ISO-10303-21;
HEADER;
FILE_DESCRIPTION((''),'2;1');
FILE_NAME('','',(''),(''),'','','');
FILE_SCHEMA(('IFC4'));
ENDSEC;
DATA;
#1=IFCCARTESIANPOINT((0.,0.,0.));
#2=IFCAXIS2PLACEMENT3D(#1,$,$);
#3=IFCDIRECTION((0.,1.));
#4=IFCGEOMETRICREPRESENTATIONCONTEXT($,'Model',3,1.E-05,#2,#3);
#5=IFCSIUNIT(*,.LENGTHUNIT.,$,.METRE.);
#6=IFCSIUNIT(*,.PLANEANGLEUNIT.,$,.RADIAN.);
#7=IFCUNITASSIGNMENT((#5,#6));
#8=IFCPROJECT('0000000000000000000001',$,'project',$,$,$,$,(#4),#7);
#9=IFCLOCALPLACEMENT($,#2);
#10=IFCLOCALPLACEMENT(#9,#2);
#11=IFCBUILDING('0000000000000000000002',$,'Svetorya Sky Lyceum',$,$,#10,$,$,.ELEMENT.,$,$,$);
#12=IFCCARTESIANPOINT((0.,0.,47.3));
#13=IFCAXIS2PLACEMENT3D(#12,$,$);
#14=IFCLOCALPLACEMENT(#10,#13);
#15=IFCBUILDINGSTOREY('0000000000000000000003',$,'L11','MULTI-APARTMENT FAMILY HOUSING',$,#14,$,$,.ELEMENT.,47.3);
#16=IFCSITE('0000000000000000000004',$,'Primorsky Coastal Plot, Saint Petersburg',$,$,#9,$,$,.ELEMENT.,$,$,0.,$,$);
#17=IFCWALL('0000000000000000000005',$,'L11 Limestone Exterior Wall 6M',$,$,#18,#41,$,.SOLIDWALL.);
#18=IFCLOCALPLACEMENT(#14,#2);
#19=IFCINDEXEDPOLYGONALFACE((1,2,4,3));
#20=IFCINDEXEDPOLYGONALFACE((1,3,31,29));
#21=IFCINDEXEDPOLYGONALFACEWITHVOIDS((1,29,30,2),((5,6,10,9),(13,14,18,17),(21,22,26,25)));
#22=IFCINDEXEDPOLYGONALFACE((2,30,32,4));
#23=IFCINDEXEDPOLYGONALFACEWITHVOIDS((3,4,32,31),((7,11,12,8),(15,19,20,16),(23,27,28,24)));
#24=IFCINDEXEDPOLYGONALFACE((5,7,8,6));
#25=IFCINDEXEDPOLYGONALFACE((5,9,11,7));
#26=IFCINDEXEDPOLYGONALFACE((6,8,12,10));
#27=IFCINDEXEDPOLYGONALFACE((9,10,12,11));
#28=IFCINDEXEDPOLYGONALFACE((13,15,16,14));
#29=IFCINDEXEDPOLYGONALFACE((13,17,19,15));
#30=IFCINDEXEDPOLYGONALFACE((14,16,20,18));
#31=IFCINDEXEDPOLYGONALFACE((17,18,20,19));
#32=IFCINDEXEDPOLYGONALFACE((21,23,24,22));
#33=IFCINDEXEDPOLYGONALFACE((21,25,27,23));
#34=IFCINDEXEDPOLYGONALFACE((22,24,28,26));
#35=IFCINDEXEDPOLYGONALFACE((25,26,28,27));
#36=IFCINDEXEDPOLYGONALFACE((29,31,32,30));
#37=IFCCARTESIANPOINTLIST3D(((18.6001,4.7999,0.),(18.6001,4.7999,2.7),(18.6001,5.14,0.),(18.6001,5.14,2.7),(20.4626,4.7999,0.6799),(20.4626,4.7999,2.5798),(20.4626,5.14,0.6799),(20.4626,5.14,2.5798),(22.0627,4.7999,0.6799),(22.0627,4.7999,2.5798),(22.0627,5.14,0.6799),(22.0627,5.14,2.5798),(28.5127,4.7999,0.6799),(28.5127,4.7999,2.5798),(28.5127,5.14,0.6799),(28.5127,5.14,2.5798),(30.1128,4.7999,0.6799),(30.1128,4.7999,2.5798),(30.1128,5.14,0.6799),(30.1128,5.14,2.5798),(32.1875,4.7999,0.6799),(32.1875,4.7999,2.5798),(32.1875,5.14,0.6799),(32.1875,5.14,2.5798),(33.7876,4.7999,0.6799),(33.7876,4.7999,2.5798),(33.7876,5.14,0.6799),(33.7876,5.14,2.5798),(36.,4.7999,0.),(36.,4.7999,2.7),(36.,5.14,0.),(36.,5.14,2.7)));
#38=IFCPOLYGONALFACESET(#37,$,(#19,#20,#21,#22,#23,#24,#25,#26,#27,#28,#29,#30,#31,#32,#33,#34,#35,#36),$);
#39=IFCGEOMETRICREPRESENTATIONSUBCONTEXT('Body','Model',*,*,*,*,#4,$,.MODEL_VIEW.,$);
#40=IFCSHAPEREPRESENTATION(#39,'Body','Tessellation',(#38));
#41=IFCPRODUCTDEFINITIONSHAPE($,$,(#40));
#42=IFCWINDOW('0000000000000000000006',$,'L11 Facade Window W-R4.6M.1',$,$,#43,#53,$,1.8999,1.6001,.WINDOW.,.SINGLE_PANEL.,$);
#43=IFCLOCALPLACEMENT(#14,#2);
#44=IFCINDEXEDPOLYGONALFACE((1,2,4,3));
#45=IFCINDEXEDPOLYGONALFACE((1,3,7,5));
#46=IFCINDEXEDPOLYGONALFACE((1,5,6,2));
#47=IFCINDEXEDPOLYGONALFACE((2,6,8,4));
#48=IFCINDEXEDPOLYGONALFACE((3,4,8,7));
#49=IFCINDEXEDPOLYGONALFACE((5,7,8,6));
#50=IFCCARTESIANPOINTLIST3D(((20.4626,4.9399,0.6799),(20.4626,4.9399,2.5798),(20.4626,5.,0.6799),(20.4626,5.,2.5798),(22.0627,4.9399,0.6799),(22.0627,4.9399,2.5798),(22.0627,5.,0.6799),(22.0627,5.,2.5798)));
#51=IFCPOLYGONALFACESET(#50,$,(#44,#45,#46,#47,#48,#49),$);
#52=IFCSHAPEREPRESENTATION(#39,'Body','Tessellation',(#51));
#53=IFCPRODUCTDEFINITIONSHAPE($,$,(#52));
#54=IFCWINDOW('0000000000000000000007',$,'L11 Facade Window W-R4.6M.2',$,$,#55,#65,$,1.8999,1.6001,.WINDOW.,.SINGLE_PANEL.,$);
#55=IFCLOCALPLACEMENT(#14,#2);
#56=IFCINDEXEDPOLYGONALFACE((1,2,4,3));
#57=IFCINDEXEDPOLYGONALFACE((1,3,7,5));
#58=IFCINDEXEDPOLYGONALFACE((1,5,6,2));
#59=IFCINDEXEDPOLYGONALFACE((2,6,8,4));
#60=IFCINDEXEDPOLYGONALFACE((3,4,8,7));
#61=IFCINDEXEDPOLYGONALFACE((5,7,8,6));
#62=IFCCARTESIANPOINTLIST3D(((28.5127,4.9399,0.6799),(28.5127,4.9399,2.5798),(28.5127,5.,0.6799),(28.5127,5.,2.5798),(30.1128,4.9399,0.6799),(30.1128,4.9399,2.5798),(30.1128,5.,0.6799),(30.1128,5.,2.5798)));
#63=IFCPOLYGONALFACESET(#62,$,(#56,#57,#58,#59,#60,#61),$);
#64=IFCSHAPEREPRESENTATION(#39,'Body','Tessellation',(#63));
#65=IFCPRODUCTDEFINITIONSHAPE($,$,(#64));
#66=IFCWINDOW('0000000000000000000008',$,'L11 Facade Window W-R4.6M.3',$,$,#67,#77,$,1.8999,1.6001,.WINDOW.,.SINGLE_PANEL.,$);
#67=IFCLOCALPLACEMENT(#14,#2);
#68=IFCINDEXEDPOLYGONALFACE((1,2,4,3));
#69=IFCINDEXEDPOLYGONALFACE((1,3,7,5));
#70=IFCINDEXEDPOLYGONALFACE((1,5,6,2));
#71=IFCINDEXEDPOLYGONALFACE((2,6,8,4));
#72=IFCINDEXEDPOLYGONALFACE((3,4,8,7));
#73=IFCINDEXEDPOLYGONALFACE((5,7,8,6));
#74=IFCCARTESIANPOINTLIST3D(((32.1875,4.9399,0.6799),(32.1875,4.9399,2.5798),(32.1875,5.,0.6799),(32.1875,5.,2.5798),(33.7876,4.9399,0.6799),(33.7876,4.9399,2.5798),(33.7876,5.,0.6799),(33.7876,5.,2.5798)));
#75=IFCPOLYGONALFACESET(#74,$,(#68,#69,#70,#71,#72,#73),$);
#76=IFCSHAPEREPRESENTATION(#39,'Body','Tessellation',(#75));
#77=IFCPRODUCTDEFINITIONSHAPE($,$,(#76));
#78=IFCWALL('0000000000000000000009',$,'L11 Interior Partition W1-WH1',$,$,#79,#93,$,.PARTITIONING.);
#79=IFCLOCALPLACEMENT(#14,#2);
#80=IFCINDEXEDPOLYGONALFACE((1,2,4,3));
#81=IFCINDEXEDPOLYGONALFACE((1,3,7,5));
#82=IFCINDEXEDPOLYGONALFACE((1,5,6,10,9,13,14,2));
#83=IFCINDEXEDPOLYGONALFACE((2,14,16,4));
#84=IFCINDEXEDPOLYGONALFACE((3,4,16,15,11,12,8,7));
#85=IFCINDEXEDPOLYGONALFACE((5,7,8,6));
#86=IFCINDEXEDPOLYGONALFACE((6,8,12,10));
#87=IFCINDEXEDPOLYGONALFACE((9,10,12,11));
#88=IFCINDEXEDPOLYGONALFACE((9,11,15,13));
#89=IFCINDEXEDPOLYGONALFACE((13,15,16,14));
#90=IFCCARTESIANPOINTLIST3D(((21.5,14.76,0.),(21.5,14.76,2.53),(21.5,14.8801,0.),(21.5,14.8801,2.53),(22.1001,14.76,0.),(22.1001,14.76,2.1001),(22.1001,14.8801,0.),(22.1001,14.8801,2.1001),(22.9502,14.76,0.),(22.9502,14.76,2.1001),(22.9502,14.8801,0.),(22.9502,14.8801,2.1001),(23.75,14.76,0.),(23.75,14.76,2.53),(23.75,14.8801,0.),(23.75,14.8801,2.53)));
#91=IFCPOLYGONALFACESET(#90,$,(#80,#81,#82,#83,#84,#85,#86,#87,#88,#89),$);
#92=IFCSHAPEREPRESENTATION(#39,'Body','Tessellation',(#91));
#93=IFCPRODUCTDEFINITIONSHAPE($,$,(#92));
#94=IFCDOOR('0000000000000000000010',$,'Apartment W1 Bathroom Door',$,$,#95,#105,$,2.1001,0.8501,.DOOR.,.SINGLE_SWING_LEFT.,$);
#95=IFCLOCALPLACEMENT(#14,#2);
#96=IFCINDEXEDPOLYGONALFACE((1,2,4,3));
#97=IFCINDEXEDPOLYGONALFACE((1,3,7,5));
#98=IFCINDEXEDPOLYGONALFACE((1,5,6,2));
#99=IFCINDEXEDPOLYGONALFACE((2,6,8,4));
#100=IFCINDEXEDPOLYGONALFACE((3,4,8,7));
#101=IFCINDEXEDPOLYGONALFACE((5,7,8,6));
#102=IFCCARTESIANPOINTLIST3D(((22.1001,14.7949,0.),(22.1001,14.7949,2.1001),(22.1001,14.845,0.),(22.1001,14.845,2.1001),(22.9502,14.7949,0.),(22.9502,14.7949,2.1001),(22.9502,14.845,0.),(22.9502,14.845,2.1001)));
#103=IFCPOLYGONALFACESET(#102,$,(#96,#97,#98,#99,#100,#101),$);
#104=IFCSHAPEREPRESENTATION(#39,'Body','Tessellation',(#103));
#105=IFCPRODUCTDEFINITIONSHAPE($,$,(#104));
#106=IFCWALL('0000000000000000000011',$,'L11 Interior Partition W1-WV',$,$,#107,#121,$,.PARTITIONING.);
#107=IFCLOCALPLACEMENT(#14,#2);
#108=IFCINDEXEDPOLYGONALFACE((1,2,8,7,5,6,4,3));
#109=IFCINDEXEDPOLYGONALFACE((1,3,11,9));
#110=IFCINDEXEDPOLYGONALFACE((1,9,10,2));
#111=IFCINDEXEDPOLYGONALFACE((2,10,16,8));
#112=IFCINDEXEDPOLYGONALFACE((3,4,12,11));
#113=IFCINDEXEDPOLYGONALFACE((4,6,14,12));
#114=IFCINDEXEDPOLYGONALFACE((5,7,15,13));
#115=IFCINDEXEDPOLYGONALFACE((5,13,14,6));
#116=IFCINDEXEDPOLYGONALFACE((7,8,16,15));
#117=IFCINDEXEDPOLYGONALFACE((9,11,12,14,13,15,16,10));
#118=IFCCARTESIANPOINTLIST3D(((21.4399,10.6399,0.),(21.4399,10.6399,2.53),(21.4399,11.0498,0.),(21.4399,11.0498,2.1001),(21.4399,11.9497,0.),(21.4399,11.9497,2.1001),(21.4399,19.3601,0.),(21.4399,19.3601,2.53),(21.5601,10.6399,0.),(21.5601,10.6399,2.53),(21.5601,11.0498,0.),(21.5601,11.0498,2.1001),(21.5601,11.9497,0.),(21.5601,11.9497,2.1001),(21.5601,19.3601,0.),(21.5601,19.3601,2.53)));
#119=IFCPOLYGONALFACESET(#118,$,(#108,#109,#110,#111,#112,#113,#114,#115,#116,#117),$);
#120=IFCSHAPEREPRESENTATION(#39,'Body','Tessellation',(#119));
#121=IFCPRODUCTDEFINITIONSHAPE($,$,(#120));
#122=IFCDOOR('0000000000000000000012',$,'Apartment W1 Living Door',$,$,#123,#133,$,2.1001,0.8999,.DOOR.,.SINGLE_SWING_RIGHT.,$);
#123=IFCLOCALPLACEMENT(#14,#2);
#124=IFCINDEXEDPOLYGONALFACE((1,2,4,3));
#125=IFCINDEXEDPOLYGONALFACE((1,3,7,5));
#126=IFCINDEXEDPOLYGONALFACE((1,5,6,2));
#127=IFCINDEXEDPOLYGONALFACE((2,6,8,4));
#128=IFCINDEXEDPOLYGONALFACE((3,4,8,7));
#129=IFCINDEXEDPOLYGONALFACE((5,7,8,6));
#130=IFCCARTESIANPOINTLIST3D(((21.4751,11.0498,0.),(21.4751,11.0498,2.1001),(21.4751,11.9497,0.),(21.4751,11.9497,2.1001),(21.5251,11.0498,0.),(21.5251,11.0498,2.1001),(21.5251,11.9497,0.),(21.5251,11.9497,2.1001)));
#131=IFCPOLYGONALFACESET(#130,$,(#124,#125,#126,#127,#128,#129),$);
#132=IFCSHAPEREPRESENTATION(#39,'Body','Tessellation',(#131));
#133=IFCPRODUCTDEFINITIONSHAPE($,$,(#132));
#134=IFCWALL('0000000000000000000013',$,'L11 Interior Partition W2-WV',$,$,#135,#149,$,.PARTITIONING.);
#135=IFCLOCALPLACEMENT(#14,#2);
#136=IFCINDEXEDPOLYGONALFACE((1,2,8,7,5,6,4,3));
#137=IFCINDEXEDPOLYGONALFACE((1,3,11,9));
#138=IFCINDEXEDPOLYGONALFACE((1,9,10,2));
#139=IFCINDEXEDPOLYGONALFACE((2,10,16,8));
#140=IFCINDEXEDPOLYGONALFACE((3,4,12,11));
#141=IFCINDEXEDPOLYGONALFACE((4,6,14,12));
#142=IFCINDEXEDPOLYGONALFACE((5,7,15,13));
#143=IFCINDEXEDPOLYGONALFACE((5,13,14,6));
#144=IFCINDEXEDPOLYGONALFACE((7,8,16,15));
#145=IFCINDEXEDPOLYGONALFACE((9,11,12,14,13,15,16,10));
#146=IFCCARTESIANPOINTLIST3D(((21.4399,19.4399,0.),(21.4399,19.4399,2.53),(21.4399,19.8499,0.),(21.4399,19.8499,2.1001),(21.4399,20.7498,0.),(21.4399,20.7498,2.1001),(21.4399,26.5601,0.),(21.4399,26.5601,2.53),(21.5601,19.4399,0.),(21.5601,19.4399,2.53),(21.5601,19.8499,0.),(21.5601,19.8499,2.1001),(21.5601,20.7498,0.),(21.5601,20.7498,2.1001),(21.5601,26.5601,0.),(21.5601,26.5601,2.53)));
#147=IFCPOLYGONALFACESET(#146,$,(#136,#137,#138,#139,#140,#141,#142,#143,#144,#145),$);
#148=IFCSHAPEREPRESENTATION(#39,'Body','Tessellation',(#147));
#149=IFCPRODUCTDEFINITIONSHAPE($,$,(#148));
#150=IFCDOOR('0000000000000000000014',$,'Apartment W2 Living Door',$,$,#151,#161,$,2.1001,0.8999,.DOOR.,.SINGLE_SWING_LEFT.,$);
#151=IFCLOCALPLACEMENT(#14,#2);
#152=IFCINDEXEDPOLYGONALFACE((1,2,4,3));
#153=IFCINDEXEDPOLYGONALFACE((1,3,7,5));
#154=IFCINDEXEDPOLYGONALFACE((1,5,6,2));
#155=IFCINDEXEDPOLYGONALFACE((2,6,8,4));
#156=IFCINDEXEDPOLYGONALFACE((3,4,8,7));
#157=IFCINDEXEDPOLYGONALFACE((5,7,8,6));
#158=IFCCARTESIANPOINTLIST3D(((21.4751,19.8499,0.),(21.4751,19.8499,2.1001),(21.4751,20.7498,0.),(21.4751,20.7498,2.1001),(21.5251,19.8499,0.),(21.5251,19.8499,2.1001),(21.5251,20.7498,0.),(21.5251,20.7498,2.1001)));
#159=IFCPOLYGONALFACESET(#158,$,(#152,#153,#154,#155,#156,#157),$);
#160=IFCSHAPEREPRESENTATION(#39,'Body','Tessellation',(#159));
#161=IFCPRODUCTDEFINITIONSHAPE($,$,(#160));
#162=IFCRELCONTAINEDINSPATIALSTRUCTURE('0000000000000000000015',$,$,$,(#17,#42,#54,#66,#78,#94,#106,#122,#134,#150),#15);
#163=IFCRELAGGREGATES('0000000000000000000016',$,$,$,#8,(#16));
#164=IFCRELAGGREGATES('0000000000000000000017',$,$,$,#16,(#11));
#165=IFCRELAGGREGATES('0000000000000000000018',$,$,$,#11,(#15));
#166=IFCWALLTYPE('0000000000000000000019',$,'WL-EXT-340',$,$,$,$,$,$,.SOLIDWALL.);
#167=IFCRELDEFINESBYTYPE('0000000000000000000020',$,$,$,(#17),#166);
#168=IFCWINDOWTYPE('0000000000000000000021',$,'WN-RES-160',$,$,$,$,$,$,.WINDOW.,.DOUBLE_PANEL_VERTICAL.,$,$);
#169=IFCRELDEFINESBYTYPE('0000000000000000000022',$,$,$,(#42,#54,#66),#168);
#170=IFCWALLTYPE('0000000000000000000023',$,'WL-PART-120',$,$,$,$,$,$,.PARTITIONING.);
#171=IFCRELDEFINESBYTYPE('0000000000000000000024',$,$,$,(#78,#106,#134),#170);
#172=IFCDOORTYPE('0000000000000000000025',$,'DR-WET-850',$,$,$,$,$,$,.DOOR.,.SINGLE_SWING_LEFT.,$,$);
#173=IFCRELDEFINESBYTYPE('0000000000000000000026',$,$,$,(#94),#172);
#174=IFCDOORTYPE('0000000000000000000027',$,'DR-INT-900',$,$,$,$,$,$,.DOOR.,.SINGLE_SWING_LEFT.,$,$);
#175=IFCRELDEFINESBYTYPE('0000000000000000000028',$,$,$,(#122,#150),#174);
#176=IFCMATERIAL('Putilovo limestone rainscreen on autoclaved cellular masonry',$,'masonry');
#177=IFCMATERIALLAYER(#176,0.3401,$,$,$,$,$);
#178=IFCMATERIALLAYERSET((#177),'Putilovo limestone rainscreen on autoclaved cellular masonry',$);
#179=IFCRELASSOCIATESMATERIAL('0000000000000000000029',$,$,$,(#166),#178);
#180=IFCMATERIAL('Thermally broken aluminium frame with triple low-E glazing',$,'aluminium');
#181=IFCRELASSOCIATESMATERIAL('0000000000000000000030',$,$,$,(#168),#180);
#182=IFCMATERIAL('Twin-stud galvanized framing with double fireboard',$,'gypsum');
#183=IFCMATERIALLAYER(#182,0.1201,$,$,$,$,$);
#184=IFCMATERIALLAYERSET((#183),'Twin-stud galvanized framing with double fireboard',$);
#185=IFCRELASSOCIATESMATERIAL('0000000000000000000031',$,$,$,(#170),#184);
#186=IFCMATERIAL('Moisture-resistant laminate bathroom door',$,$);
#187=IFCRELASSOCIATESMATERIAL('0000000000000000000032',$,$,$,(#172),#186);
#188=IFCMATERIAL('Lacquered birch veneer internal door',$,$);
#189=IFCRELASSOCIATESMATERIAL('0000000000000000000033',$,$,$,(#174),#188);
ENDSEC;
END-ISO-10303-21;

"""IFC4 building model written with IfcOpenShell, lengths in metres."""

from ifc_helpers import new_model, si_unit, direction, frame, frame_2d, origin, place, context, subcontext, project, spatial, rectangle, extrude, material, layer, layer_set, type_object, element, fill, save


model = new_model("IFC4")

# Units and contexts
model_context = context("Model", 3, precision=1e-05, world=origin(), true_north=direction((0.0, 1.0)))
body_context = subcontext(model_context, "Body", "Model", "MODEL_VIEW")
ifc_project = project(units=[si_unit("LENGTHUNIT", "METRE"), si_unit("PLANEANGLEUNIT", "RADIAN")], contexts=[model_context])

# Site, building, storey
site_placement = place(None, origin())
site = spatial("IfcSite", under=ifc_project, at=site_placement, Name="Primorsky Coastal Plot, Saint Petersburg", CompositionType="ELEMENT", RefElevation=0.0)
building_placement = place(site_placement, origin())
building = spatial("IfcBuilding", under=site, at=building_placement, Name="Svetorya Sky Lyceum", CompositionType="ELEMENT")
storey_placement = place(building_placement, frame((0.0, 0.0, 47.3)))
storey = spatial("IfcBuildingStorey", under=building, at=storey_placement, Name="L11", Description="MULTI-APARTMENT FAMILY HOUSING", CompositionType="ELEMENT", Elevation=47.3)

# Shared definitions
ifc_material_1 = material(Name="Putilovo limestone rainscreen on autoclaved cellular masonry", Category="masonry")
ifc_layer_1 = layer(ifc_material_1, 0.3401)
ifc_layer_set_1 = layer_set([ifc_layer_1], Name="Putilovo limestone rainscreen on autoclaved cellular masonry")
wall_type_1 = type_object("IfcWallType", Name="WL-EXT-340", PredefinedType="SOLIDWALL", material=ifc_layer_set_1)

# Wall, openings, windows
wall_1_placement = place(storey_placement, frame((18.6001, 4.97, 0.0), z_axis=(0.0, 0.0, 1.0), x_axis=(1.0, 0.0, 0.0)))
wall_1 = element("IfcWall", 1, at=wall_1_placement, inside=storey, type_object=wall_type_1, Name="L11 Limestone Exterior Wall 6M", PredefinedType="SOLIDWALL", context=body_context, shape_type="SweptSolid", body=[
    extrude(rectangle(XDim=17.3999, YDim=0.3401, at=frame_2d((8.7, 0.0))), origin(), (0.0, 0.0, 1.0), 2.7),
])
opening_1_placement = place(wall_1_placement, frame((1.8625, 0.0, 0.6799)))
opening_1 = element("IfcOpeningElement", 2, at=opening_1_placement, cuts=wall_1, PredefinedType="OPENING", context=body_context, shape_type="SweptSolid", body=[
    extrude(rectangle(XDim=1.6001, YDim=1.8999, at=frame_2d((0.8, 0.95))), frame((0.0, 0.1799, 0.0), z_axis=(0.0, -1.0, 0.0), x_axis=(1.0, 0.0, 0.0)), (0.0, 0.0, 1.0), 0.3601),
])
opening_2_placement = place(wall_1_placement, frame((9.9126, 0.0, 0.6799)))
opening_2 = element("IfcOpeningElement", 3, at=opening_2_placement, cuts=wall_1, PredefinedType="OPENING", context=body_context, shape_type="SweptSolid", body=[
    extrude(rectangle(XDim=1.6001, YDim=1.8999, at=frame_2d((0.8, 0.95))), frame((0.0, 0.1799, 0.0), z_axis=(0.0, -1.0, 0.0), x_axis=(1.0, 0.0, 0.0)), (0.0, 0.0, 1.0), 0.3601),
])
opening_3_placement = place(wall_1_placement, frame((13.5874, 0.0, 0.6799)))
opening_3 = element("IfcOpeningElement", 4, at=opening_3_placement, cuts=wall_1, PredefinedType="OPENING", context=body_context, shape_type="SweptSolid", body=[
    extrude(rectangle(XDim=1.6001, YDim=1.8999, at=frame_2d((0.8, 0.95))), frame((0.0, 0.1799, 0.0), z_axis=(0.0, -1.0, 0.0), x_axis=(1.0, 0.0, 0.0)), (0.0, 0.0, 1.0), 0.3601),
])
ifc_material_2 = material(Name="Thermally broken aluminium frame with triple low-E glazing", Category="aluminium")
window_type = type_object("IfcWindowType", Name="WN-RES-160", PartitioningType="DOUBLE_PANEL_VERTICAL", PredefinedType="WINDOW", material=ifc_material_2)
window_1_placement = place(opening_1_placement, origin())
window_1 = element("IfcWindow", 5, at=window_1_placement, inside=storey, type_object=window_type, Name="L11 Facade Window W-R4.6M.1", OverallHeight=1.8999, OverallWidth=1.6001, PartitioningType="SINGLE_PANEL", PredefinedType="WINDOW", context=body_context, shape_type="SweptSolid", body=[
    extrude(rectangle(XDim=1.6001, YDim=1.8999, at=frame_2d((0.8, 0.95))), frame((0.0, 0.03, 0.0), z_axis=(0.0, -1.0, 0.0), x_axis=(1.0, 0.0, 0.0)), (0.0, 0.0, 1.0), 0.0601),
])
fill(opening_1, window_1)
window_2_placement = place(opening_2_placement, origin())
window_2 = element("IfcWindow", 6, at=window_2_placement, inside=storey, type_object=window_type, Name="L11 Facade Window W-R4.6M.2", OverallHeight=1.8999, OverallWidth=1.6001, PartitioningType="SINGLE_PANEL", PredefinedType="WINDOW", context=body_context, shape_type="SweptSolid", body=[
    extrude(rectangle(XDim=1.6001, YDim=1.8999, at=frame_2d((0.8, 0.95))), frame((0.0, 0.03, 0.0), z_axis=(0.0, -1.0, 0.0), x_axis=(1.0, 0.0, 0.0)), (0.0, 0.0, 1.0), 0.0601),
])
fill(opening_2, window_2)
window_3_placement = place(opening_3_placement, origin())
window_3 = element("IfcWindow", 7, at=window_3_placement, inside=storey, type_object=window_type, Name="L11 Facade Window W-R4.6M.3", OverallHeight=1.8999, OverallWidth=1.6001, PartitioningType="SINGLE_PANEL", PredefinedType="WINDOW", context=body_context, shape_type="SweptSolid", body=[
    extrude(rectangle(XDim=1.6001, YDim=1.8999, at=frame_2d((0.8, 0.95))), frame((0.0, 0.03, 0.0), z_axis=(0.0, -1.0, 0.0), x_axis=(1.0, 0.0, 0.0)), (0.0, 0.0, 1.0), 0.0601),
])
fill(opening_3, window_3)

# Walls, openings, doors
ifc_material_3 = material(Name="Twin-stud galvanized framing with double fireboard", Category="gypsum")
ifc_layer_2 = layer(ifc_material_3, 0.1201)
ifc_layer_set_2 = layer_set([ifc_layer_2], Name="Twin-stud galvanized framing with double fireboard")
wall_type_2 = type_object("IfcWallType", Name="WL-PART-120", PredefinedType="PARTITIONING", material=ifc_layer_set_2)
wall_2_placement = place(storey_placement, frame((21.5, 14.8201, 0.0), z_axis=(0.0, 0.0, 1.0), x_axis=(1.0, 0.0, 0.0)))
wall_2 = element("IfcWall", 8, at=wall_2_placement, inside=storey, type_object=wall_type_2, Name="L11 Interior Partition W1-WH1", PredefinedType="PARTITIONING", context=body_context, shape_type="SweptSolid", body=[
    extrude(rectangle(XDim=2.25, YDim=0.1201, at=frame_2d((1.125, 0.0))), origin(), (0.0, 0.0, 1.0), 2.53),
])
opening_4_placement = place(wall_2_placement, frame((0.6001, 0.0, 0.0)))
opening_4 = element("IfcOpeningElement", 9, at=opening_4_placement, cuts=wall_2, PredefinedType="OPENING", context=body_context, shape_type="SweptSolid", body=[
    extrude(rectangle(XDim=0.8501, YDim=2.1001, at=frame_2d((0.425, 1.05))), frame((0.0, 0.0701, 0.0), z_axis=(0.0, -1.0, 0.0), x_axis=(1.0, 0.0, 0.0)), (0.0, 0.0, 1.0), 0.1401),
])
ifc_material_4 = material(Name="Moisture-resistant laminate bathroom door")
door_type_1 = type_object("IfcDoorType", Name="DR-WET-850", OperationType="SINGLE_SWING_LEFT", PredefinedType="DOOR", material=ifc_material_4)
door_1_placement = place(opening_4_placement, origin())
door_1 = element("IfcDoor", 10, at=door_1_placement, inside=storey, type_object=door_type_1, Name="Apartment W1 Bathroom Door", OperationType="SINGLE_SWING_LEFT", OverallHeight=2.1001, OverallWidth=0.8501, PredefinedType="DOOR", context=body_context, shape_type="SweptSolid", body=[
    extrude(rectangle(XDim=0.8501, YDim=2.1001, at=frame_2d((0.425, 1.05))), frame((0.0, 0.0249, 0.0), z_axis=(0.0, -1.0, 0.0), x_axis=(1.0, 0.0, 0.0)), (0.0, 0.0, 1.0), 0.05),
])
fill(opening_4, door_1)
wall_3_placement = place(storey_placement, frame((21.5, 10.6399, 0.0), z_axis=(0.0, 0.0, 1.0), x_axis=(0.0, 1.0, 0.0)))
wall_3 = element("IfcWall", 11, at=wall_3_placement, inside=storey, type_object=wall_type_2, Name="L11 Interior Partition W1-WV", PredefinedType="PARTITIONING", context=body_context, shape_type="SweptSolid", body=[
    extrude(rectangle(XDim=8.7202, YDim=0.1201, at=frame_2d((4.3601, 0.0))), origin(), (0.0, 0.0, 1.0), 2.53),
])
opening_5_placement = place(wall_3_placement, frame((0.4099, 0.0, 0.0)))
opening_5 = element("IfcOpeningElement", 12, at=opening_5_placement, cuts=wall_3, PredefinedType="OPENING", context=body_context, shape_type="SweptSolid", body=[
    extrude(rectangle(XDim=0.8999, YDim=2.1001, at=frame_2d((0.45, 1.05))), frame((0.0, 0.0701, 0.0), z_axis=(0.0, -1.0, 0.0), x_axis=(1.0, 0.0, 0.0)), (0.0, 0.0, 1.0), 0.1401),
])
ifc_material_5 = material(Name="Lacquered birch veneer internal door")
door_type_2 = type_object("IfcDoorType", Name="DR-INT-900", OperationType="SINGLE_SWING_LEFT", PredefinedType="DOOR", material=ifc_material_5)
door_2_placement = place(opening_5_placement, origin())
door_2 = element("IfcDoor", 13, at=door_2_placement, inside=storey, type_object=door_type_2, Name="Apartment W1 Living Door", OperationType="SINGLE_SWING_RIGHT", OverallHeight=2.1001, OverallWidth=0.8999, PredefinedType="DOOR", context=body_context, shape_type="SweptSolid", body=[
    extrude(rectangle(XDim=0.8999, YDim=2.1001, at=frame_2d((0.45, 1.05))), frame((0.0, 0.0249, 0.0), z_axis=(0.0, -1.0, 0.0), x_axis=(1.0, 0.0, 0.0)), (0.0, 0.0, 1.0), 0.05),
])
fill(opening_5, door_2)
wall_4_placement = place(storey_placement, frame((21.5, 19.4399, 0.0), z_axis=(0.0, 0.0, 1.0), x_axis=(0.0, 1.0, 0.0)))
wall_4 = element("IfcWall", 14, at=wall_4_placement, inside=storey, type_object=wall_type_2, Name="L11 Interior Partition W2-WV", PredefinedType="PARTITIONING", context=body_context, shape_type="SweptSolid", body=[
    extrude(rectangle(XDim=7.1201, YDim=0.1201, at=frame_2d((3.5601, 0.0))), origin(), (0.0, 0.0, 1.0), 2.53),
])
opening_6_placement = place(wall_4_placement, frame((0.4099, 0.0, 0.0)))
opening_6 = element("IfcOpeningElement", 15, at=opening_6_placement, cuts=wall_4, PredefinedType="OPENING", context=body_context, shape_type="SweptSolid", body=[
    extrude(rectangle(XDim=0.8999, YDim=2.1001, at=frame_2d((0.45, 1.05))), frame((0.0, 0.0701, 0.0), z_axis=(0.0, -1.0, 0.0), x_axis=(1.0, 0.0, 0.0)), (0.0, 0.0, 1.0), 0.1401),
])
door_3_placement = place(opening_6_placement, origin())
door_3 = element("IfcDoor", 16, at=door_3_placement, inside=storey, type_object=door_type_2, Name="Apartment W2 Living Door", OperationType="SINGLE_SWING_LEFT", OverallHeight=2.1001, OverallWidth=0.8999, PredefinedType="DOOR", context=body_context, shape_type="SweptSolid", body=[
    extrude(rectangle(XDim=0.8999, YDim=2.1001, at=frame_2d((0.45, 1.05))), frame((0.0, 0.0249, 0.0), z_axis=(0.0, -1.0, 0.0), x_axis=(1.0, 0.0, 0.0)), (0.0, 0.0, 1.0), 0.05),
])
fill(opening_6, door_3)

save(model, "model.ifc")
